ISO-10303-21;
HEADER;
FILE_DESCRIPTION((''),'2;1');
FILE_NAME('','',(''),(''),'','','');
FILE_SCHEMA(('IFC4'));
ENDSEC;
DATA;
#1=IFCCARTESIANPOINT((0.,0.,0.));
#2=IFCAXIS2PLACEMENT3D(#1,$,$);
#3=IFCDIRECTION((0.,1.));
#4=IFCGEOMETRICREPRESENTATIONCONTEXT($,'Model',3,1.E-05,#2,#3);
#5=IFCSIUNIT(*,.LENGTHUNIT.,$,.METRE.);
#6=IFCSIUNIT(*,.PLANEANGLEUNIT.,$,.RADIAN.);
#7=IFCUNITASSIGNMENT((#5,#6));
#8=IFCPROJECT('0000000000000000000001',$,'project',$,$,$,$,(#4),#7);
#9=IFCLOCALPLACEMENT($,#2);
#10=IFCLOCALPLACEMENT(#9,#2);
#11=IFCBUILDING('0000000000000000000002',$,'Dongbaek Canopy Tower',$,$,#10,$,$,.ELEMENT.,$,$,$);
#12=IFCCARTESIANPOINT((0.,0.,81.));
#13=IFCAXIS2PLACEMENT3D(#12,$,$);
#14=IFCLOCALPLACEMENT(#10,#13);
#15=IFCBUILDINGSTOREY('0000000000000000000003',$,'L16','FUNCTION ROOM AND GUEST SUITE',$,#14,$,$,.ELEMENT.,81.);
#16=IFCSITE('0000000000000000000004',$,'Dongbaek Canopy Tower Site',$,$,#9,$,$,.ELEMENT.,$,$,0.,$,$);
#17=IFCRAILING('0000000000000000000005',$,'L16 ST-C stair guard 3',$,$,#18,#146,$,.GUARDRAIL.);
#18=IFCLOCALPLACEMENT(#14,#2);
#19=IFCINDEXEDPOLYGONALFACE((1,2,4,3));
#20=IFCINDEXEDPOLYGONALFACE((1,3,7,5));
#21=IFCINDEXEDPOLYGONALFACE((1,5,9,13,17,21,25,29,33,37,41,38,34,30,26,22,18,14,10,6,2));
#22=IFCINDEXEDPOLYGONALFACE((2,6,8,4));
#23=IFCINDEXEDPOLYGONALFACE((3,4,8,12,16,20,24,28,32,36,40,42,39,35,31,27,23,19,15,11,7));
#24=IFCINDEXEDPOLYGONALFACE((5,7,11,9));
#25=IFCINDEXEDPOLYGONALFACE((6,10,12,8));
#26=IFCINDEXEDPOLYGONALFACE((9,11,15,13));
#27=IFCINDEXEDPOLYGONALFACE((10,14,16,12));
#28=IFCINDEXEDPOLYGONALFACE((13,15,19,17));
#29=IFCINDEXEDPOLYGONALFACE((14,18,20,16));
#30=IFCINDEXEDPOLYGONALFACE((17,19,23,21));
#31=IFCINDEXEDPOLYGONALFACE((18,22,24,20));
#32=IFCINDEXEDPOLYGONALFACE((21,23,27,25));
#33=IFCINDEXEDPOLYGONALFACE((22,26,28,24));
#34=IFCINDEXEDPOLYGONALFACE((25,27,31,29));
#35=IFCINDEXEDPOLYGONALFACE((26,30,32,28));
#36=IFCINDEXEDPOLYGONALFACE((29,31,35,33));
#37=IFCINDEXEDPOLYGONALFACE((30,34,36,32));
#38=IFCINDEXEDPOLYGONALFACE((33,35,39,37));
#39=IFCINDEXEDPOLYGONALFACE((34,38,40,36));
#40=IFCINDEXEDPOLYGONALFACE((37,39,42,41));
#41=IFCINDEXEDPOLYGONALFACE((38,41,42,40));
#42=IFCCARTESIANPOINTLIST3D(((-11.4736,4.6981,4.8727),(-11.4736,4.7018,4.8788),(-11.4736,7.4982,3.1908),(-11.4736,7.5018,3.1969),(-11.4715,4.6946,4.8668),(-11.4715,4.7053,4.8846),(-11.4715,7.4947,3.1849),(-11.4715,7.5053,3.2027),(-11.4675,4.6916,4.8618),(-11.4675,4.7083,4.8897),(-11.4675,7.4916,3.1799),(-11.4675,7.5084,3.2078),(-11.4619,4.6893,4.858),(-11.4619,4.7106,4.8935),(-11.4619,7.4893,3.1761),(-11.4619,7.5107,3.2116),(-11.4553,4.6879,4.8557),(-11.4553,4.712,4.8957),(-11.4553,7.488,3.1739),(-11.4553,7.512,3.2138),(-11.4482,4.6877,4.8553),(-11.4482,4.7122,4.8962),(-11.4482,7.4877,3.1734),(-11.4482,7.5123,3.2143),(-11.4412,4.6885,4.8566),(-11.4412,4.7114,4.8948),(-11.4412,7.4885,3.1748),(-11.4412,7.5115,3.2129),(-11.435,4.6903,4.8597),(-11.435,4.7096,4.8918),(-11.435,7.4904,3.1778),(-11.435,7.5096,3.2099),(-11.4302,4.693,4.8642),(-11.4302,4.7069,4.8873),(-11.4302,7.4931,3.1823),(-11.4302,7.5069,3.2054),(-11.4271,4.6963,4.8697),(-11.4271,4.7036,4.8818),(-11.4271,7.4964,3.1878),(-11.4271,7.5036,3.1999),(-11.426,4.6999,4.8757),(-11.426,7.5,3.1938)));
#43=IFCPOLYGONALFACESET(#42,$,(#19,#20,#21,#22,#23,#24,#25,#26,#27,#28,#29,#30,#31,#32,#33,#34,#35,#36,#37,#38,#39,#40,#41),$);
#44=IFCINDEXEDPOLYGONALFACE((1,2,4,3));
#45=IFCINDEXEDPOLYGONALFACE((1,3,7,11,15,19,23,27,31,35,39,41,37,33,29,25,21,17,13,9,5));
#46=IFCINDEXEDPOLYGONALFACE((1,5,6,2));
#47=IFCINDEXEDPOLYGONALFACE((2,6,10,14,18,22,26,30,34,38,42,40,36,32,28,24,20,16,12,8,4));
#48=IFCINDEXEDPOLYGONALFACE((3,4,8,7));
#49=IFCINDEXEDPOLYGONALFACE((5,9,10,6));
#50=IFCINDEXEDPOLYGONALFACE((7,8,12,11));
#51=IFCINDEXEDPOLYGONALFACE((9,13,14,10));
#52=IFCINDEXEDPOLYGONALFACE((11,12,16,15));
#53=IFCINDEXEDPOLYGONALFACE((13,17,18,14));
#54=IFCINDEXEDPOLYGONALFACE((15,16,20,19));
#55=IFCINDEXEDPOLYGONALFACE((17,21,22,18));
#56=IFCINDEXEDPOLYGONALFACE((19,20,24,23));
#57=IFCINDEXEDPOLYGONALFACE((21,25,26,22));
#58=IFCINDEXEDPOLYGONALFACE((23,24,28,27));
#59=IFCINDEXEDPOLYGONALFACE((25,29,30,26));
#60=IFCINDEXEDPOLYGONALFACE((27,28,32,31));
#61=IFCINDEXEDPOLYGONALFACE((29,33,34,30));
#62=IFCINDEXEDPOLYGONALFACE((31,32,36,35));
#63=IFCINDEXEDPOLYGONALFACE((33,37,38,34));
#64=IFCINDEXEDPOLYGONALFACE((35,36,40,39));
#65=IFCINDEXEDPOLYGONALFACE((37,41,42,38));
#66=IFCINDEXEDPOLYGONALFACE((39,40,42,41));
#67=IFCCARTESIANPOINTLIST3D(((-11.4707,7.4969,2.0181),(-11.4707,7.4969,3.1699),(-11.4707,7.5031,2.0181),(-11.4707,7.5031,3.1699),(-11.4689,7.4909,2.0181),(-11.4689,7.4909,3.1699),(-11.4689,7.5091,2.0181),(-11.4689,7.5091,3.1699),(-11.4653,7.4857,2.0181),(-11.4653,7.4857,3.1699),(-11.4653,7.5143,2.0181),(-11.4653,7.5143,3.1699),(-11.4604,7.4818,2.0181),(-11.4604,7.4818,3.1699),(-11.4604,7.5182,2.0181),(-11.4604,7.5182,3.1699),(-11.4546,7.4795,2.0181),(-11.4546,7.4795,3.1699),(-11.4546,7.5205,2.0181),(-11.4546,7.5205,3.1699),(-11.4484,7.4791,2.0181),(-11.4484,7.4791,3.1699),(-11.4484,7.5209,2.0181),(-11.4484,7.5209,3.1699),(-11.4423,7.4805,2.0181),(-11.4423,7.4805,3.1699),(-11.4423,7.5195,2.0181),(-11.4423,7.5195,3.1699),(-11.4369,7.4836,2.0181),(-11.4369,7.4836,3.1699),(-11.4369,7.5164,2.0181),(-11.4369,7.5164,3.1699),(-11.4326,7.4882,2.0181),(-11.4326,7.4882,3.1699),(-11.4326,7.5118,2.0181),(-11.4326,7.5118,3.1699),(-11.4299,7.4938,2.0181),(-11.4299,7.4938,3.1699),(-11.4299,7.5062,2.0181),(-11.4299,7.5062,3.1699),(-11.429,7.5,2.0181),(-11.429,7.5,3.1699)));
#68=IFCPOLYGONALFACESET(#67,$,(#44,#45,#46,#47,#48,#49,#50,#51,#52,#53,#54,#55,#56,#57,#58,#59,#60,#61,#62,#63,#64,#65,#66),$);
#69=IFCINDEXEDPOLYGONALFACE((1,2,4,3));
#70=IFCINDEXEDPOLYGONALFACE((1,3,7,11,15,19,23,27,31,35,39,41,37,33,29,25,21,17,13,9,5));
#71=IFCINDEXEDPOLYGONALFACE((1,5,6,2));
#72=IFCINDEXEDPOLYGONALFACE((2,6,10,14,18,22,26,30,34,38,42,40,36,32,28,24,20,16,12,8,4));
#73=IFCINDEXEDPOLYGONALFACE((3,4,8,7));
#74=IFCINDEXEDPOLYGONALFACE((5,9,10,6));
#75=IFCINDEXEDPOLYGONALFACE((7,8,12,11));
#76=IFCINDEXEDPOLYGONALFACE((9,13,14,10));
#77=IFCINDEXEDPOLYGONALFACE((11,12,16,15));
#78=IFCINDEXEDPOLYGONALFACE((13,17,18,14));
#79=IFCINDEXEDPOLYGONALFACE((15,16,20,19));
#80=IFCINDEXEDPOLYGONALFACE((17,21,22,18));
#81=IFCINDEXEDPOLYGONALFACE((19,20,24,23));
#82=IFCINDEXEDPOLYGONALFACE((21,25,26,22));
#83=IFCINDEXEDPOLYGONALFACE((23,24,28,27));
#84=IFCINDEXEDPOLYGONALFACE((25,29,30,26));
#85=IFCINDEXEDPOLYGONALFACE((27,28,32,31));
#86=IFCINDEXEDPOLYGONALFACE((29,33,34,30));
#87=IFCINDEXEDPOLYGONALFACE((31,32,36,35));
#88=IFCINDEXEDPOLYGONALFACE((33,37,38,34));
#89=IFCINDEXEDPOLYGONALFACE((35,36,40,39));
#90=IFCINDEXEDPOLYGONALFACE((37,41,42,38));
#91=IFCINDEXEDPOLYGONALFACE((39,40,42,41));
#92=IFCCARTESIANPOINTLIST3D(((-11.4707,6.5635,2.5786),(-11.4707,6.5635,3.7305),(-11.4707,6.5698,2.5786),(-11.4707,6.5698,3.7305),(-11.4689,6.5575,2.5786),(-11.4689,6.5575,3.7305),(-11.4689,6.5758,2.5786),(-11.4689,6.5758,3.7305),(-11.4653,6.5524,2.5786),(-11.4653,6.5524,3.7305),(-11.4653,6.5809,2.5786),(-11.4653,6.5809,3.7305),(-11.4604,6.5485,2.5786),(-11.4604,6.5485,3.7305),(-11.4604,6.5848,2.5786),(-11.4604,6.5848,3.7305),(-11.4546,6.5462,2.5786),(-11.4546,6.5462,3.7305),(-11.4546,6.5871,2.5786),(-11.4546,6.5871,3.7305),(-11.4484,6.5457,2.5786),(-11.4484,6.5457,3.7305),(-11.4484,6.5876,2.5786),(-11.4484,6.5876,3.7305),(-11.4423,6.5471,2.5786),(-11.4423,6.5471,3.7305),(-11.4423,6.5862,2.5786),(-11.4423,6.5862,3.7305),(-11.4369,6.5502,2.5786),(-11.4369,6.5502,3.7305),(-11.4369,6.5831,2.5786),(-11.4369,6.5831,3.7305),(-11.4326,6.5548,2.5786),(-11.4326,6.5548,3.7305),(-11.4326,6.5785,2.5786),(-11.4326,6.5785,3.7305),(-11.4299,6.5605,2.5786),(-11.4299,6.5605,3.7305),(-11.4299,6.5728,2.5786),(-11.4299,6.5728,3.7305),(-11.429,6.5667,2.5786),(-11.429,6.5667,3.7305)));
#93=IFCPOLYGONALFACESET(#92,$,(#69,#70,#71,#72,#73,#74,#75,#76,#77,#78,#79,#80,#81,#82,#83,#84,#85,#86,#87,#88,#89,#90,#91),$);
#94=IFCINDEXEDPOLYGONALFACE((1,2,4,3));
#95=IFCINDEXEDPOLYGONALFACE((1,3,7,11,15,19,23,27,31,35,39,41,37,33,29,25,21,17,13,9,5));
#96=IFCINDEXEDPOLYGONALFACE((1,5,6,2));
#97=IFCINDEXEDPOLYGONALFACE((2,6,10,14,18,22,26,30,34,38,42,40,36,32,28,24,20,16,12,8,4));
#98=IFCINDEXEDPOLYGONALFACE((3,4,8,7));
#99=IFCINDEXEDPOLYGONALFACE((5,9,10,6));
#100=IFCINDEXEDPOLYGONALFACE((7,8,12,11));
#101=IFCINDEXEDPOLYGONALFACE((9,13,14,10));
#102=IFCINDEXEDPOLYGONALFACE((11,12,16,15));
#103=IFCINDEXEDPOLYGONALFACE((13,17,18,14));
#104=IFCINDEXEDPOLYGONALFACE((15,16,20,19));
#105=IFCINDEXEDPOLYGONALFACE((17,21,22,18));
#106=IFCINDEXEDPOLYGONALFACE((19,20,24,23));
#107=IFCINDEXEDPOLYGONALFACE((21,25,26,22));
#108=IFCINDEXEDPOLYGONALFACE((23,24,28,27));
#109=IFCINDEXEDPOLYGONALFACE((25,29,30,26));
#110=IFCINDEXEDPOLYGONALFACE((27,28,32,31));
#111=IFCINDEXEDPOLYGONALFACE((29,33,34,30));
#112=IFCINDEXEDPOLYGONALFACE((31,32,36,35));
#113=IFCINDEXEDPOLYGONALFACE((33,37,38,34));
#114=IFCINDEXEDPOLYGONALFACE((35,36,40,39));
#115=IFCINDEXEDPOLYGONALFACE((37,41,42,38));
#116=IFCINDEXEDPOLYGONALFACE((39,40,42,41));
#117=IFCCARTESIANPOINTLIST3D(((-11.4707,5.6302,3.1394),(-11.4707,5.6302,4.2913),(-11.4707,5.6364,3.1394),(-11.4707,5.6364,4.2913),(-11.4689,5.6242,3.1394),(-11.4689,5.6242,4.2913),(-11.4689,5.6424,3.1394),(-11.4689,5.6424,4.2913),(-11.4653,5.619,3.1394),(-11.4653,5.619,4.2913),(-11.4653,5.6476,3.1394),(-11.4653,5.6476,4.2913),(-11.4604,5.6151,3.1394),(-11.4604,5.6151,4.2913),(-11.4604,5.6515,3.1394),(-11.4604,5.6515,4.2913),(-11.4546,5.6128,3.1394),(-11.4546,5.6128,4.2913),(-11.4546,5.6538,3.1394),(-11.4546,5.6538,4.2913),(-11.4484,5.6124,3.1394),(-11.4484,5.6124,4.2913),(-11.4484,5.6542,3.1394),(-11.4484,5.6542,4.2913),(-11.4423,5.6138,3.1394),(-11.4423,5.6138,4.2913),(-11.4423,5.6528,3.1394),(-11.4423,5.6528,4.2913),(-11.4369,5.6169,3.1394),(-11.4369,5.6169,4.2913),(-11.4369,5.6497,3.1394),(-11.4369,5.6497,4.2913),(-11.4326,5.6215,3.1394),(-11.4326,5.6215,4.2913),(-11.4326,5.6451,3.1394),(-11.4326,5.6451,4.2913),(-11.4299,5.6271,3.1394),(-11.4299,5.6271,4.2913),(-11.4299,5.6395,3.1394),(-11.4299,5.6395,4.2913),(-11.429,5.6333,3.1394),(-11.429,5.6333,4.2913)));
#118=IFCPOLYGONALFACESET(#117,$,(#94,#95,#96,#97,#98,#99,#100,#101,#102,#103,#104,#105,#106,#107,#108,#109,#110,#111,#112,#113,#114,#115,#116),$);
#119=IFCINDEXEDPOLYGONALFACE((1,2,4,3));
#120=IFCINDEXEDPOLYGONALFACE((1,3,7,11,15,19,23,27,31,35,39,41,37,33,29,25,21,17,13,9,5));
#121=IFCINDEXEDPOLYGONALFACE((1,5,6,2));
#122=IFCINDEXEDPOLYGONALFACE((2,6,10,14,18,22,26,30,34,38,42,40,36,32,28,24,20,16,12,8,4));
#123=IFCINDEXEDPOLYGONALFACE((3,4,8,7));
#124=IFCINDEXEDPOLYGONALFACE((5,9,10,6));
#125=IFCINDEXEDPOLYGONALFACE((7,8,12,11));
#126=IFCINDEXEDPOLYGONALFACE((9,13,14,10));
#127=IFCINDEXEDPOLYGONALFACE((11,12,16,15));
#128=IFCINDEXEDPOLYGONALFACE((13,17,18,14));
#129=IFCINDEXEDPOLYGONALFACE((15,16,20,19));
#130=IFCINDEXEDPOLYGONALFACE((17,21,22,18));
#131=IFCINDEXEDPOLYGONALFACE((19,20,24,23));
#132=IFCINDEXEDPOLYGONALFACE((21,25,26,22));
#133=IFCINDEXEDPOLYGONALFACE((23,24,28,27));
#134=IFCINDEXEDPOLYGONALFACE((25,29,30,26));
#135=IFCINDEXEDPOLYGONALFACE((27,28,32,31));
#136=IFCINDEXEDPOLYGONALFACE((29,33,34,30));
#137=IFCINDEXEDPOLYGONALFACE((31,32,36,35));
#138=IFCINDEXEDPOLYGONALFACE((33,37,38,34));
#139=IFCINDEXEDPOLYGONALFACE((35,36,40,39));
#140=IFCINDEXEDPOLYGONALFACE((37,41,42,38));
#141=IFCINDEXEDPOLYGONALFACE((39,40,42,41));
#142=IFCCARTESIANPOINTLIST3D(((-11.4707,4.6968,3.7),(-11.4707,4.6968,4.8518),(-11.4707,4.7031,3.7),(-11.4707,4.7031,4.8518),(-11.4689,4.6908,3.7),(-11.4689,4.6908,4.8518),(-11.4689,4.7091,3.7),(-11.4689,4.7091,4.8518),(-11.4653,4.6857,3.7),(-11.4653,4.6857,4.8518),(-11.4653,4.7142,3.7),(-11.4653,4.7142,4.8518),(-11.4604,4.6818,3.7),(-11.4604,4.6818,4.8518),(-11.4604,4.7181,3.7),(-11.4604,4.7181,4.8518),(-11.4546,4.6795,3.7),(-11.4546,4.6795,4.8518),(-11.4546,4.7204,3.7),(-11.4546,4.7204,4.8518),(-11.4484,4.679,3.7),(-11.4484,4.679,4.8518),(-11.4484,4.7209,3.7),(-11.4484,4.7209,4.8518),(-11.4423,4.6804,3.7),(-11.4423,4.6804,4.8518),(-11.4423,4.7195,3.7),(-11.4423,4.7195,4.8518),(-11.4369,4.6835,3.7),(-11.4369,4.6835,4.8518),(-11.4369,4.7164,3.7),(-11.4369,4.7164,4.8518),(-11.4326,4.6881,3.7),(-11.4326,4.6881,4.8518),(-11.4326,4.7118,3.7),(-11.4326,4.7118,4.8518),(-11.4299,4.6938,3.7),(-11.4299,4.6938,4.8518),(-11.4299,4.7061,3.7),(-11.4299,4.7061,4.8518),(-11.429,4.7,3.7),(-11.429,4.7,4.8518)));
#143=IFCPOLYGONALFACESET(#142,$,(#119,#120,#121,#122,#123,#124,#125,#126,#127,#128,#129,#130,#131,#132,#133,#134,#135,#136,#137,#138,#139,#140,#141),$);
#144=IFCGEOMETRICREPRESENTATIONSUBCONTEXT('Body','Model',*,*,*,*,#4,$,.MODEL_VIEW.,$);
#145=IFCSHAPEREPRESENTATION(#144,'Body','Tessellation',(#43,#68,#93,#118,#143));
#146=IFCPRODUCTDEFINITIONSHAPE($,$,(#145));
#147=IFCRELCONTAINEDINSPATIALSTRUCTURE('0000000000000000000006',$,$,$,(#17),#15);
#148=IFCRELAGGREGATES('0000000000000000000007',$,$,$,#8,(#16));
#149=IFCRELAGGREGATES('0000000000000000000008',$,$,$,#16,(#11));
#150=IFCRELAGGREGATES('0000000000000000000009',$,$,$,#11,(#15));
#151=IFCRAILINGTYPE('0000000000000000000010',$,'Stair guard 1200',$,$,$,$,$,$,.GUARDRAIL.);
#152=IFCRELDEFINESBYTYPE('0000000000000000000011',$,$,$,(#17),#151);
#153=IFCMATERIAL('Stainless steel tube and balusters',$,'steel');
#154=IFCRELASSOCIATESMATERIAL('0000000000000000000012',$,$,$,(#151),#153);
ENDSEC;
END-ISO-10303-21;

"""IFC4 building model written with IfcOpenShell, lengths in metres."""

from ifc_helpers import new_model, si_unit, direction, frame, origin, origin_2d, place, context, subcontext, project, spatial, circle, extrude, material, type_object, element, save


model = new_model("IFC4")

# Units and contexts
model_context = context("Model", 3, precision=1e-05, world=origin(), true_north=direction((0.0, 1.0)))
body_context = subcontext(model_context, "Body", "Model", "MODEL_VIEW")
ifc_project = project(units=[si_unit("LENGTHUNIT", "METRE"), si_unit("PLANEANGLEUNIT", "RADIAN")], contexts=[model_context])

# Site, building, storey
site_placement = place(None, origin())
site = spatial("IfcSite", under=ifc_project, at=site_placement, Name="Dongbaek Canopy Tower Site", CompositionType="ELEMENT", RefElevation=0.0)
building_placement = place(site_placement, origin())
building = spatial("IfcBuilding", under=site, at=building_placement, Name="Dongbaek Canopy Tower", CompositionType="ELEMENT")
storey_placement = place(building_placement, frame((0.0, 0.0, 81.0)))
storey = spatial("IfcBuildingStorey", under=building, at=storey_placement, Name="L16", Description="FUNCTION ROOM AND GUEST SUITE", CompositionType="ELEMENT", Elevation=81.0)

# Railing
ifc_material_1 = material(Name="Stainless steel tube and balusters", Category="steel")
railing_type_1 = type_object("IfcRailingType", Name="Stair guard 1200", PredefinedType="GUARDRAIL", material=ifc_material_1)
railing_1_placement = place(storey_placement, frame((-11.45, 7.5, 2.0181)))
element("IfcRailing", 1, at=railing_1_placement, inside=storey, type_object=railing_type_1, Name="L16 ST-C stair guard 3", PredefinedType="GUARDRAIL", context=body_context, shape_type="SweptSolid", body=[
    extrude(circle(Radius=0.0239, at=origin_2d()), frame((0.0, 0.0, 1.1758), z_axis=(0.0, -0.857242, 0.514913), x_axis=(1.0, 0.0, 0.0)), (0.0, 0.0, 1.0), 3.2664),
    extrude(circle(Radius=0.021, at=origin_2d()), origin(), (0.0, 0.0, 1.0), 1.1519),
    extrude(circle(Radius=0.021, at=origin_2d()), frame((0.0, -0.9333, 0.5605)), (0.0, 0.0, 1.0), 1.1519),
    extrude(circle(Radius=0.021, at=origin_2d()), frame((0.0, -1.8667, 1.1213)), (0.0, 0.0, 1.0), 1.1519),
    extrude(circle(Radius=0.021, at=origin_2d()), frame((0.0, -2.8, 1.6819)), (0.0, 0.0, 1.0), 1.1519),
])

save(model, "model.ifc")
